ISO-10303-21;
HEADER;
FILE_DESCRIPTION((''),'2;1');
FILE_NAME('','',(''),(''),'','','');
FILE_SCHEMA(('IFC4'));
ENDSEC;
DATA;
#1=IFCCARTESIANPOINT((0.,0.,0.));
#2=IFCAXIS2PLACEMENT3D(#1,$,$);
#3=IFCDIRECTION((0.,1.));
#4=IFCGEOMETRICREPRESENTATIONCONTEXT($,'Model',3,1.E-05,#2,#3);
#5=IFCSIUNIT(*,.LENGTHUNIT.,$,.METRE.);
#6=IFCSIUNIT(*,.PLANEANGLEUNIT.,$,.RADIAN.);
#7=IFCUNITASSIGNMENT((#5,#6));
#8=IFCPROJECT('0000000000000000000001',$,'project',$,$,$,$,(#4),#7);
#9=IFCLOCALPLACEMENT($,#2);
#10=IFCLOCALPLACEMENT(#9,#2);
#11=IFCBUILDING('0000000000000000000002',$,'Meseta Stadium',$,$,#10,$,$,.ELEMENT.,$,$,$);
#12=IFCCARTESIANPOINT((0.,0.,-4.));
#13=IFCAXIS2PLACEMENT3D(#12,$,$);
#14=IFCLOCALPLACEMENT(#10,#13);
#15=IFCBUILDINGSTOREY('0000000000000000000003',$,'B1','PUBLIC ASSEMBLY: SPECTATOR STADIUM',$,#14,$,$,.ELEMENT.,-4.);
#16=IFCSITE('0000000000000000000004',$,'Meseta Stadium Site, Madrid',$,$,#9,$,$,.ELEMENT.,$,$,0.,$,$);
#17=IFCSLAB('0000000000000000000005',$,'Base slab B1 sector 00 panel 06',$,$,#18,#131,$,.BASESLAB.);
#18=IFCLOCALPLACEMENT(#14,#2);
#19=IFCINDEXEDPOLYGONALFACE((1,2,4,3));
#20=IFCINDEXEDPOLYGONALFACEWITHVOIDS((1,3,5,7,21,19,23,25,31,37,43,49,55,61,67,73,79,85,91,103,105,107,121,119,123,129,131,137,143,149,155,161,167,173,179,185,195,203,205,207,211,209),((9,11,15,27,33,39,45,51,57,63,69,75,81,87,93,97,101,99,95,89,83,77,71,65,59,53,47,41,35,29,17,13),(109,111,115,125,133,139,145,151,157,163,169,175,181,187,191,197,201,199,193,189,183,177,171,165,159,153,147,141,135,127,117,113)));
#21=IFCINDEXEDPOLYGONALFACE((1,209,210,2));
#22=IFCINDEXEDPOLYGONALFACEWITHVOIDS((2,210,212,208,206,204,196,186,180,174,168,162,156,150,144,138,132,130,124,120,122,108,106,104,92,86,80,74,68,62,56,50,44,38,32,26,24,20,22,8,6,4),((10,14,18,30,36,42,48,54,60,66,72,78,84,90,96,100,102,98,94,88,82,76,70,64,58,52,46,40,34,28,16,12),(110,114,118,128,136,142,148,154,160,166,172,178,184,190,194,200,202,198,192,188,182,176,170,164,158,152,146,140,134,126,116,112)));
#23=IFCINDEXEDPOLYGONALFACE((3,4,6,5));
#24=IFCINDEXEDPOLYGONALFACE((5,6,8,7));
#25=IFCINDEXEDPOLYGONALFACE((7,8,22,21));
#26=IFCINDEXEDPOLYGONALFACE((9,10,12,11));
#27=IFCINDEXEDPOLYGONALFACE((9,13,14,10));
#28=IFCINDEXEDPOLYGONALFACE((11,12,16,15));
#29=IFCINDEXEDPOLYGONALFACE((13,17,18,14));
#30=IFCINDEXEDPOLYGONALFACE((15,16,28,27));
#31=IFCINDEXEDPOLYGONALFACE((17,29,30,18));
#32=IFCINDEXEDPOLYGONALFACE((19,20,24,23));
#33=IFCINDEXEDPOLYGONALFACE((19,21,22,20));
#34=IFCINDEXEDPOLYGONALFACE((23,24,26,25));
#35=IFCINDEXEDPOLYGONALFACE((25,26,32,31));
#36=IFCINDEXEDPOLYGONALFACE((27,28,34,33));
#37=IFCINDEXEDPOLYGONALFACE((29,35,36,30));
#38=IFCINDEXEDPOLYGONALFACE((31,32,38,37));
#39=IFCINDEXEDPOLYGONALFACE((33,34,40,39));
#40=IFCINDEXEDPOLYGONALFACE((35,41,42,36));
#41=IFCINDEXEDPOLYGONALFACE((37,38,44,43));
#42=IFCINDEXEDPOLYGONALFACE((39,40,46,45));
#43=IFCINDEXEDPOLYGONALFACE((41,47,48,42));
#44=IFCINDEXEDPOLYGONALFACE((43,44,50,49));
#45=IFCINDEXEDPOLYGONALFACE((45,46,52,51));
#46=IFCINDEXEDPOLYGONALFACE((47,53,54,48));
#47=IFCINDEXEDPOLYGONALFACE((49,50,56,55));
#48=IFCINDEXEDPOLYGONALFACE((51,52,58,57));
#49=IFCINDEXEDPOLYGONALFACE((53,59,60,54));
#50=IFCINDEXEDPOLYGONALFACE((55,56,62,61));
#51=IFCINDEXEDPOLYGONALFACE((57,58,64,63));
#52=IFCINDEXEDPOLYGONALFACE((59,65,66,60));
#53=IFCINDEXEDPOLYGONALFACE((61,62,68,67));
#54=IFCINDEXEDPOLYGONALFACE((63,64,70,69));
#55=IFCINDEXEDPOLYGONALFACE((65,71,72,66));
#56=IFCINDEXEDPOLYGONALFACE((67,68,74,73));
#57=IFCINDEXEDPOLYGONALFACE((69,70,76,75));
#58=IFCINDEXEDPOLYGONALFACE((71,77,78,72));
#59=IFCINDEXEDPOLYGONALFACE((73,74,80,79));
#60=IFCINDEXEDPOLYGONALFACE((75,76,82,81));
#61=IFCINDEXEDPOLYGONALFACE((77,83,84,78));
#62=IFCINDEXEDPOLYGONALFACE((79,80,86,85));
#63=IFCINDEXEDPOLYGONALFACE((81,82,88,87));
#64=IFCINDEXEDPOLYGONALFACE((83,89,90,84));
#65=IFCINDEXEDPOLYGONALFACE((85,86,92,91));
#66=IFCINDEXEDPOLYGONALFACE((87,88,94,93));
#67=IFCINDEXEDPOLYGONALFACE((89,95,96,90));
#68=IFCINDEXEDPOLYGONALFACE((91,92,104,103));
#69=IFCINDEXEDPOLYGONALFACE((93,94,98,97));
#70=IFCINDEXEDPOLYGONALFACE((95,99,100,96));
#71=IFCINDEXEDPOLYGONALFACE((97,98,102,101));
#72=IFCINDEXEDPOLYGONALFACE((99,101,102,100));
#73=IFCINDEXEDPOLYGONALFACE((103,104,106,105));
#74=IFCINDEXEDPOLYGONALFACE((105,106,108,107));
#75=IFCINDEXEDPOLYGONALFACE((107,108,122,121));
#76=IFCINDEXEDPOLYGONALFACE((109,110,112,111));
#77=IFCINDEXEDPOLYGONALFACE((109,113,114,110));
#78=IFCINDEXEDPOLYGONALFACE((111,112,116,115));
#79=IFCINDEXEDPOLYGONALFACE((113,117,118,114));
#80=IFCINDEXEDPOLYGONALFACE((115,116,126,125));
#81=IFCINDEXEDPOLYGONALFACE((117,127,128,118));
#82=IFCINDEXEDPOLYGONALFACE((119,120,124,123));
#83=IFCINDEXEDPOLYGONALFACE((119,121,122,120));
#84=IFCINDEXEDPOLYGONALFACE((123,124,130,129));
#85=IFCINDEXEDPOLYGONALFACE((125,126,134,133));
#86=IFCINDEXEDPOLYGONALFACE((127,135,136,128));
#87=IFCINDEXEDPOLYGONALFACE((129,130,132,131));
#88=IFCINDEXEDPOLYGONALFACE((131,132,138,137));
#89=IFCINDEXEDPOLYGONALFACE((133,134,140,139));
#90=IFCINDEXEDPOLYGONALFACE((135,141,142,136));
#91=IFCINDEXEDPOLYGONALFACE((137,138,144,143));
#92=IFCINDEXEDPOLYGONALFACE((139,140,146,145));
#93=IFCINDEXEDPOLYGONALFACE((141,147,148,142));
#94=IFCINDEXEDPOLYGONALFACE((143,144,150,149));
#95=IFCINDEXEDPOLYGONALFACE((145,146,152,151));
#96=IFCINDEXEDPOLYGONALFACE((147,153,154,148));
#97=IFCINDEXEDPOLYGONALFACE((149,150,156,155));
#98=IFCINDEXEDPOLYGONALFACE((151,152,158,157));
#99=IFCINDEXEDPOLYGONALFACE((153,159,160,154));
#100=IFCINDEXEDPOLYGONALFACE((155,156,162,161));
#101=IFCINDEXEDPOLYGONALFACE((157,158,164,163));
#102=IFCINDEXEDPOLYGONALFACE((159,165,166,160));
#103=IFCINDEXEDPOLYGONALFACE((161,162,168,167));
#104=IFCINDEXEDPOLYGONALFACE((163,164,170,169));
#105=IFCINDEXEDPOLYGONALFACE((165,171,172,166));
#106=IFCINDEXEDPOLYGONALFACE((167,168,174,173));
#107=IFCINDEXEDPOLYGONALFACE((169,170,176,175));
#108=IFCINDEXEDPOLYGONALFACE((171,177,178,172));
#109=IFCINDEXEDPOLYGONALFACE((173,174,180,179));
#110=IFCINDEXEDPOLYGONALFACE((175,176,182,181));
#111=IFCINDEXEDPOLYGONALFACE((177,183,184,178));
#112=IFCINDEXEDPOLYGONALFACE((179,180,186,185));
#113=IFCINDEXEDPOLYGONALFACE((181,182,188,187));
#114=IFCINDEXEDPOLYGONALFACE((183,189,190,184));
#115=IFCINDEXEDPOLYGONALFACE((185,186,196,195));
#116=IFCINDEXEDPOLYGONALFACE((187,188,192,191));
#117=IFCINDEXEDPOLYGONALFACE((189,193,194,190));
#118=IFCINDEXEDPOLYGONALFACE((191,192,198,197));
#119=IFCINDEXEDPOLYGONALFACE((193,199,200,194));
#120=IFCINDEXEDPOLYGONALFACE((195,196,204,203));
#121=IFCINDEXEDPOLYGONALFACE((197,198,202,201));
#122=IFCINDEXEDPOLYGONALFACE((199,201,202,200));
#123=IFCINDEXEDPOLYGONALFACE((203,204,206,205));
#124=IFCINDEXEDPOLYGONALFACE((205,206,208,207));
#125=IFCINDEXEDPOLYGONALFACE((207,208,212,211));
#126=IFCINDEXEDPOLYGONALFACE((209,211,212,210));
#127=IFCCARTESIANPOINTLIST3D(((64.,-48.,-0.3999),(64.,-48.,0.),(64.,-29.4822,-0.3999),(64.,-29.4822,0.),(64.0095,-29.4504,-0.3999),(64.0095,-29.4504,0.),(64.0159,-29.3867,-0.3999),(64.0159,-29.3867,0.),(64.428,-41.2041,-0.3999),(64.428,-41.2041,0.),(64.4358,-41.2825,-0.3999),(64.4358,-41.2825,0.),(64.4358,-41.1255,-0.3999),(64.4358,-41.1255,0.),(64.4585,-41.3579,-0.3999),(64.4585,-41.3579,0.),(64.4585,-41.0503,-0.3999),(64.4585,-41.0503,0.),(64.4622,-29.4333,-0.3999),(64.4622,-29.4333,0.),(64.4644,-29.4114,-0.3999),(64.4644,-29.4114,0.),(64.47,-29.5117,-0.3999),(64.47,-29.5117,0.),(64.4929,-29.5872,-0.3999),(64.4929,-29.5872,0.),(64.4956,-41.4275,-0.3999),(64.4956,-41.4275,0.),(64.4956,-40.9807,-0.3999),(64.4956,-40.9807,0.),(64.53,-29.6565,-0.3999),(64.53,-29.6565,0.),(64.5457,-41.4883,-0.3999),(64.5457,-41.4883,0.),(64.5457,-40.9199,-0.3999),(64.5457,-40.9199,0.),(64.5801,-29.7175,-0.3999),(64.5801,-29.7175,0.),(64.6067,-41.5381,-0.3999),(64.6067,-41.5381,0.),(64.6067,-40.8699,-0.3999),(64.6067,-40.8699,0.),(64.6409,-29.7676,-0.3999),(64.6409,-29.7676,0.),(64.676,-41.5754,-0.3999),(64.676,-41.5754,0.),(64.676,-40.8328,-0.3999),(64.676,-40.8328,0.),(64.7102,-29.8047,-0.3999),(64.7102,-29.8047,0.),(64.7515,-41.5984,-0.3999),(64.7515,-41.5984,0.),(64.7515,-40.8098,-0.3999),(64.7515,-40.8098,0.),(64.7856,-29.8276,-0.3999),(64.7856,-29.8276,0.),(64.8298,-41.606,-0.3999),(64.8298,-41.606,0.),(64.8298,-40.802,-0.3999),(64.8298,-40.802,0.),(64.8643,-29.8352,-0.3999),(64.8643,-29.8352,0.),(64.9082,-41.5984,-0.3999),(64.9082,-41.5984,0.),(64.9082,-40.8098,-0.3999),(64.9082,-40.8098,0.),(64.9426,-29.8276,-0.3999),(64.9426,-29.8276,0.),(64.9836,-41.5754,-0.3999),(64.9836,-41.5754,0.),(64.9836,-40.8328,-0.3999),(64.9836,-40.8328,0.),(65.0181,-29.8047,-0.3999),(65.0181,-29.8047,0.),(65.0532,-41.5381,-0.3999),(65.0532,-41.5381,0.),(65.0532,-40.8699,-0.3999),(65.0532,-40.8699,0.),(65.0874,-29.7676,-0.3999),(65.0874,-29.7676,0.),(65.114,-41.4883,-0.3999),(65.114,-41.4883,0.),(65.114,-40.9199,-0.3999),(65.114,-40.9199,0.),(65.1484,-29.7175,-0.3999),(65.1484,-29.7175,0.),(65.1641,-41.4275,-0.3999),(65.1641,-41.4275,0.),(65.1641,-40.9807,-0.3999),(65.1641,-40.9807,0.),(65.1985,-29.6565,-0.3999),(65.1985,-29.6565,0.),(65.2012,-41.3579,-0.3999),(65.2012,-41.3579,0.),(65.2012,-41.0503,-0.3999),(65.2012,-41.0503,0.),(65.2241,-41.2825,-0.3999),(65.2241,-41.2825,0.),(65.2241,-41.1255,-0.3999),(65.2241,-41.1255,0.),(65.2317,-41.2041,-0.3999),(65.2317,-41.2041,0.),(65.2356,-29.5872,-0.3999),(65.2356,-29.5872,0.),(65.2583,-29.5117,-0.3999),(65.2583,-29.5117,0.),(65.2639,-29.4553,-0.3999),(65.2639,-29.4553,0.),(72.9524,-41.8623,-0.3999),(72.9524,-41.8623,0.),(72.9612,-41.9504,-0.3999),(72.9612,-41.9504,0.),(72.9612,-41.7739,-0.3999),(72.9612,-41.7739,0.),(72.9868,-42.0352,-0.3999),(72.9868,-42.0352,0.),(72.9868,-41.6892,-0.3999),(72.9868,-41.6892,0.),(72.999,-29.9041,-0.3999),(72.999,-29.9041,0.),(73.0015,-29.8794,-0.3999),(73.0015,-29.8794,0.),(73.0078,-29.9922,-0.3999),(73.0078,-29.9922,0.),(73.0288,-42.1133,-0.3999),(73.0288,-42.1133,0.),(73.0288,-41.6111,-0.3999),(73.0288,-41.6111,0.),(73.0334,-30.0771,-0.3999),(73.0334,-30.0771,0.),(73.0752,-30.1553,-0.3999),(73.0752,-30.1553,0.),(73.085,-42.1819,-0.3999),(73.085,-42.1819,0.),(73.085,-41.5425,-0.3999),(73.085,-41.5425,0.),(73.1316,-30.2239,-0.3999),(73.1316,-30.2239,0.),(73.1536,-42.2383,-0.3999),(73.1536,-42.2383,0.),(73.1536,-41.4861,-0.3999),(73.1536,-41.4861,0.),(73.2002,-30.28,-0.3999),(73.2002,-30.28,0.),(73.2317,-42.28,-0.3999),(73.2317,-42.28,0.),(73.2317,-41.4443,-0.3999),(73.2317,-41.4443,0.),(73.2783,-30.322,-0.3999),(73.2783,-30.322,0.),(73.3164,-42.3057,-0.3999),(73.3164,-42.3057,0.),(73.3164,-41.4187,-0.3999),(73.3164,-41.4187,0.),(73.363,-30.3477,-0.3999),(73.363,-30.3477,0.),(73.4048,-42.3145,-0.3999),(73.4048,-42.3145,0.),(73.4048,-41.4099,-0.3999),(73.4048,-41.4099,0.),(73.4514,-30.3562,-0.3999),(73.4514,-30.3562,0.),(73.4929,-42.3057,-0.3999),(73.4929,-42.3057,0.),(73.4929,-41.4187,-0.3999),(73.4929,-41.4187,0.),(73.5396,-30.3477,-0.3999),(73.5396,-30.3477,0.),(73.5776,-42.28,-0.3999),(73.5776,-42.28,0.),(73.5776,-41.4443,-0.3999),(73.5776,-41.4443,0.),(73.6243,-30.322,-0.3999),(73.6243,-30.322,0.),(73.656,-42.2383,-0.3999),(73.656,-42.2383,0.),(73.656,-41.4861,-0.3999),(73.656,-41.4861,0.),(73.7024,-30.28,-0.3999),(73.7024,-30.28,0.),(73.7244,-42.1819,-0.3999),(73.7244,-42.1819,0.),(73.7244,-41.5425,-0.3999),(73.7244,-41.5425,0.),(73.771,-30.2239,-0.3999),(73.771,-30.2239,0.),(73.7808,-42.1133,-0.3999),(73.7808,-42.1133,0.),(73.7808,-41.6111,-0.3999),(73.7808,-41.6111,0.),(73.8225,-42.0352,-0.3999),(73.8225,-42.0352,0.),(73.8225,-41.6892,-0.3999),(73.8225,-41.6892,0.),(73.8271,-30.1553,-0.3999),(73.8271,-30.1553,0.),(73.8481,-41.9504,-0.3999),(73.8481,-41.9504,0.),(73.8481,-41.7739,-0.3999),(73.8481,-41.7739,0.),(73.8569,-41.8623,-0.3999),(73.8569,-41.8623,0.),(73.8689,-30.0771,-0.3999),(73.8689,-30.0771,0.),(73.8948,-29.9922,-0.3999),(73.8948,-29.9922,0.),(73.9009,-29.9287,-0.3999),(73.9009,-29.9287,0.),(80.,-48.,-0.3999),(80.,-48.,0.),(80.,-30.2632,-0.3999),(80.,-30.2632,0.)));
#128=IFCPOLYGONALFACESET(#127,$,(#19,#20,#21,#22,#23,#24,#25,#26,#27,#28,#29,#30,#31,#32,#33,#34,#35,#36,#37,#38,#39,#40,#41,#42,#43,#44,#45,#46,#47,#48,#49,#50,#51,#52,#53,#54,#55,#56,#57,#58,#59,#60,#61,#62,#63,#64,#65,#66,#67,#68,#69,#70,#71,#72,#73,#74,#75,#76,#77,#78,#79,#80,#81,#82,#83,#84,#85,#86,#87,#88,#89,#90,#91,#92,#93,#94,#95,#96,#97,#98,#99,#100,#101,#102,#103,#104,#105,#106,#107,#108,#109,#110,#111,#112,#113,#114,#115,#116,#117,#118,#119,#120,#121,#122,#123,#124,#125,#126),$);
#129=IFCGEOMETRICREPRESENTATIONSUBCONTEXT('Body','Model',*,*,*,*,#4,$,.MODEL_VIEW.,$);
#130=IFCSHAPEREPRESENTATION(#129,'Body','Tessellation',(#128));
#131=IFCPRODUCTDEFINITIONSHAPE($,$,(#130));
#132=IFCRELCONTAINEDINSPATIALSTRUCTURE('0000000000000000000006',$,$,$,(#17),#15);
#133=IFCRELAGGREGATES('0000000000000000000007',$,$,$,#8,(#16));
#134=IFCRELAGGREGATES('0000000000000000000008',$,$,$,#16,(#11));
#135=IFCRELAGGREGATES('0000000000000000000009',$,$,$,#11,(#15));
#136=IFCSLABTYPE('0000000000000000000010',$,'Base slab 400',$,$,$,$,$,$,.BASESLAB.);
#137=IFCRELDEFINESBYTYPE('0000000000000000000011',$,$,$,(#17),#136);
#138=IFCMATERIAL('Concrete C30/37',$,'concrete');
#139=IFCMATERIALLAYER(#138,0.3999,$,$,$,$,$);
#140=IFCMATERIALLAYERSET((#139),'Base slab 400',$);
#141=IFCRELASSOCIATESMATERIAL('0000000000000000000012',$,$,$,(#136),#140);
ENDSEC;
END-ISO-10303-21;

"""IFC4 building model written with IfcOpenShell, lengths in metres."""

from ifc_helpers import new_model, si_unit, direction, frame, origin, place, context, subcontext, project, spatial, polyline, outline, extrude, material, layer, layer_set, type_object, element, save


model = new_model("IFC4")

# Units and contexts
model_context = context("Model", 3, precision=1e-05, world=origin(), true_north=direction((0.0, 1.0)))
body_context = subcontext(model_context, "Body", "Model", "MODEL_VIEW")
ifc_project = project(units=[si_unit("LENGTHUNIT", "METRE"), si_unit("PLANEANGLEUNIT", "RADIAN")], contexts=[model_context])

# Site, building, storey
site_placement = place(None, origin())
site = spatial("IfcSite", under=ifc_project, at=site_placement, Name="Meseta Stadium Site, Madrid", CompositionType="ELEMENT", RefElevation=0.0)
building_placement = place(site_placement, origin())
building = spatial("IfcBuilding", under=site, at=building_placement, Name="Meseta Stadium", CompositionType="ELEMENT")
storey_placement = place(building_placement, frame((0.0, 0.0, -4.0)))
storey = spatial("IfcBuildingStorey", under=building, at=storey_placement, Name="B1", Description="PUBLIC ASSEMBLY: SPECTATOR STADIUM", CompositionType="ELEMENT", Elevation=-4.0)

# Slab
ifc_material_1 = material(Name="Concrete C30/37", Category="concrete")
ifc_layer_1 = layer(ifc_material_1, 0.3999)
ifc_layer_set_1 = layer_set([ifc_layer_1], Name="Base slab 400")
slab_type = type_object("IfcSlabType", Name="Base slab 400", PredefinedType="BASESLAB", material=ifc_layer_set_1)
slab_1_placement = place(storey_placement, frame((0.0, 0.0, -0.3999)))
element("IfcSlab", 1, at=slab_1_placement, inside=storey, type_object=slab_type, Name="Base slab B1 sector 00 panel 06", PredefinedType="BASESLAB", context=body_context, shape_type="SweptSolid", body=[
    extrude(outline(polyline([(64.4929, -29.5872), (64.47, -29.5117), (64.4622, -29.4333), (64.4644, -29.4114), (64.0159, -29.3867), (64.0095, -29.4504), (64.0, -29.4822), (64.0, -48.0), (80.0, -48.0), (80.0, -30.2632), (73.9009, -29.9287), (73.8948, -29.9922), (73.8689, -30.0771), (73.8271, -30.1553), (73.771, -30.2239), (73.7024, -30.28), (73.6243, -30.322), (73.5396, -30.3477), (73.4514, -30.3562), (73.363, -30.3477), (73.2783, -30.322), (73.2002, -30.28), (73.1316, -30.2239), (73.0752, -30.1553), (73.0334, -30.0771), (73.0078, -29.9922), (72.999, -29.9041), (73.0015, -29.8794), (65.2639, -29.4553), (65.2583, -29.5117), (65.2356, -29.5872), (65.1985, -29.6565), (65.1484, -29.7175), (65.0874, -29.7676), (65.0181, -29.8047), (64.9426, -29.8276), (64.8643, -29.8352), (64.7856, -29.8276), (64.7102, -29.8047), (64.6409, -29.7676), (64.5801, -29.7175), (64.53, -29.6565), (64.4929, -29.5872)]), holes=[polyline([(73.8481, -41.7739), (73.8569, -41.8623), (73.8481, -41.9504), (73.8225, -42.0352), (73.7808, -42.1133), (73.7244, -42.1819), (73.656, -42.2383), (73.5776, -42.28), (73.4929, -42.3057), (73.4048, -42.3145), (73.3164, -42.3057), (73.2317, -42.28), (73.1536, -42.2383), (73.085, -42.1819), (73.0288, -42.1133), (72.9868, -42.0352), (72.9612, -41.9504), (72.9524, -41.8623), (72.9612, -41.7739), (72.9868, -41.6892), (73.0288, -41.6111), (73.085, -41.5425), (73.1536, -41.4861), (73.2317, -41.4443), (73.3164, -41.4187), (73.4048, -41.4099), (73.4929, -41.4187), (73.5776, -41.4443), (73.656, -41.4861), (73.7244, -41.5425), (73.7808, -41.6111), (73.8225, -41.6892), (73.8481, -41.7739)]), polyline([(65.2241, -41.1255), (65.2317, -41.2041), (65.2241, -41.2825), (65.2012, -41.3579), (65.1641, -41.4275), (65.114, -41.4883), (65.0532, -41.5381), (64.9836, -41.5754), (64.9082, -41.5984), (64.8298, -41.606), (64.7515, -41.5984), (64.676, -41.5754), (64.6067, -41.5381), (64.5457, -41.4883), (64.4956, -41.4275), (64.4585, -41.3579), (64.4358, -41.2825), (64.428, -41.2041), (64.4358, -41.1255), (64.4585, -41.0503), (64.4956, -40.9807), (64.5457, -40.9199), (64.6067, -40.8699), (64.676, -40.8328), (64.7515, -40.8098), (64.8298, -40.802), (64.9082, -40.8098), (64.9836, -40.8328), (65.0532, -40.8699), (65.114, -40.9199), (65.1641, -40.9807), (65.2012, -41.0503), (65.2241, -41.1255)])]), origin(), (0.0, 0.0, 1.0), 0.3999),
])

save(model, "model.ifc")
